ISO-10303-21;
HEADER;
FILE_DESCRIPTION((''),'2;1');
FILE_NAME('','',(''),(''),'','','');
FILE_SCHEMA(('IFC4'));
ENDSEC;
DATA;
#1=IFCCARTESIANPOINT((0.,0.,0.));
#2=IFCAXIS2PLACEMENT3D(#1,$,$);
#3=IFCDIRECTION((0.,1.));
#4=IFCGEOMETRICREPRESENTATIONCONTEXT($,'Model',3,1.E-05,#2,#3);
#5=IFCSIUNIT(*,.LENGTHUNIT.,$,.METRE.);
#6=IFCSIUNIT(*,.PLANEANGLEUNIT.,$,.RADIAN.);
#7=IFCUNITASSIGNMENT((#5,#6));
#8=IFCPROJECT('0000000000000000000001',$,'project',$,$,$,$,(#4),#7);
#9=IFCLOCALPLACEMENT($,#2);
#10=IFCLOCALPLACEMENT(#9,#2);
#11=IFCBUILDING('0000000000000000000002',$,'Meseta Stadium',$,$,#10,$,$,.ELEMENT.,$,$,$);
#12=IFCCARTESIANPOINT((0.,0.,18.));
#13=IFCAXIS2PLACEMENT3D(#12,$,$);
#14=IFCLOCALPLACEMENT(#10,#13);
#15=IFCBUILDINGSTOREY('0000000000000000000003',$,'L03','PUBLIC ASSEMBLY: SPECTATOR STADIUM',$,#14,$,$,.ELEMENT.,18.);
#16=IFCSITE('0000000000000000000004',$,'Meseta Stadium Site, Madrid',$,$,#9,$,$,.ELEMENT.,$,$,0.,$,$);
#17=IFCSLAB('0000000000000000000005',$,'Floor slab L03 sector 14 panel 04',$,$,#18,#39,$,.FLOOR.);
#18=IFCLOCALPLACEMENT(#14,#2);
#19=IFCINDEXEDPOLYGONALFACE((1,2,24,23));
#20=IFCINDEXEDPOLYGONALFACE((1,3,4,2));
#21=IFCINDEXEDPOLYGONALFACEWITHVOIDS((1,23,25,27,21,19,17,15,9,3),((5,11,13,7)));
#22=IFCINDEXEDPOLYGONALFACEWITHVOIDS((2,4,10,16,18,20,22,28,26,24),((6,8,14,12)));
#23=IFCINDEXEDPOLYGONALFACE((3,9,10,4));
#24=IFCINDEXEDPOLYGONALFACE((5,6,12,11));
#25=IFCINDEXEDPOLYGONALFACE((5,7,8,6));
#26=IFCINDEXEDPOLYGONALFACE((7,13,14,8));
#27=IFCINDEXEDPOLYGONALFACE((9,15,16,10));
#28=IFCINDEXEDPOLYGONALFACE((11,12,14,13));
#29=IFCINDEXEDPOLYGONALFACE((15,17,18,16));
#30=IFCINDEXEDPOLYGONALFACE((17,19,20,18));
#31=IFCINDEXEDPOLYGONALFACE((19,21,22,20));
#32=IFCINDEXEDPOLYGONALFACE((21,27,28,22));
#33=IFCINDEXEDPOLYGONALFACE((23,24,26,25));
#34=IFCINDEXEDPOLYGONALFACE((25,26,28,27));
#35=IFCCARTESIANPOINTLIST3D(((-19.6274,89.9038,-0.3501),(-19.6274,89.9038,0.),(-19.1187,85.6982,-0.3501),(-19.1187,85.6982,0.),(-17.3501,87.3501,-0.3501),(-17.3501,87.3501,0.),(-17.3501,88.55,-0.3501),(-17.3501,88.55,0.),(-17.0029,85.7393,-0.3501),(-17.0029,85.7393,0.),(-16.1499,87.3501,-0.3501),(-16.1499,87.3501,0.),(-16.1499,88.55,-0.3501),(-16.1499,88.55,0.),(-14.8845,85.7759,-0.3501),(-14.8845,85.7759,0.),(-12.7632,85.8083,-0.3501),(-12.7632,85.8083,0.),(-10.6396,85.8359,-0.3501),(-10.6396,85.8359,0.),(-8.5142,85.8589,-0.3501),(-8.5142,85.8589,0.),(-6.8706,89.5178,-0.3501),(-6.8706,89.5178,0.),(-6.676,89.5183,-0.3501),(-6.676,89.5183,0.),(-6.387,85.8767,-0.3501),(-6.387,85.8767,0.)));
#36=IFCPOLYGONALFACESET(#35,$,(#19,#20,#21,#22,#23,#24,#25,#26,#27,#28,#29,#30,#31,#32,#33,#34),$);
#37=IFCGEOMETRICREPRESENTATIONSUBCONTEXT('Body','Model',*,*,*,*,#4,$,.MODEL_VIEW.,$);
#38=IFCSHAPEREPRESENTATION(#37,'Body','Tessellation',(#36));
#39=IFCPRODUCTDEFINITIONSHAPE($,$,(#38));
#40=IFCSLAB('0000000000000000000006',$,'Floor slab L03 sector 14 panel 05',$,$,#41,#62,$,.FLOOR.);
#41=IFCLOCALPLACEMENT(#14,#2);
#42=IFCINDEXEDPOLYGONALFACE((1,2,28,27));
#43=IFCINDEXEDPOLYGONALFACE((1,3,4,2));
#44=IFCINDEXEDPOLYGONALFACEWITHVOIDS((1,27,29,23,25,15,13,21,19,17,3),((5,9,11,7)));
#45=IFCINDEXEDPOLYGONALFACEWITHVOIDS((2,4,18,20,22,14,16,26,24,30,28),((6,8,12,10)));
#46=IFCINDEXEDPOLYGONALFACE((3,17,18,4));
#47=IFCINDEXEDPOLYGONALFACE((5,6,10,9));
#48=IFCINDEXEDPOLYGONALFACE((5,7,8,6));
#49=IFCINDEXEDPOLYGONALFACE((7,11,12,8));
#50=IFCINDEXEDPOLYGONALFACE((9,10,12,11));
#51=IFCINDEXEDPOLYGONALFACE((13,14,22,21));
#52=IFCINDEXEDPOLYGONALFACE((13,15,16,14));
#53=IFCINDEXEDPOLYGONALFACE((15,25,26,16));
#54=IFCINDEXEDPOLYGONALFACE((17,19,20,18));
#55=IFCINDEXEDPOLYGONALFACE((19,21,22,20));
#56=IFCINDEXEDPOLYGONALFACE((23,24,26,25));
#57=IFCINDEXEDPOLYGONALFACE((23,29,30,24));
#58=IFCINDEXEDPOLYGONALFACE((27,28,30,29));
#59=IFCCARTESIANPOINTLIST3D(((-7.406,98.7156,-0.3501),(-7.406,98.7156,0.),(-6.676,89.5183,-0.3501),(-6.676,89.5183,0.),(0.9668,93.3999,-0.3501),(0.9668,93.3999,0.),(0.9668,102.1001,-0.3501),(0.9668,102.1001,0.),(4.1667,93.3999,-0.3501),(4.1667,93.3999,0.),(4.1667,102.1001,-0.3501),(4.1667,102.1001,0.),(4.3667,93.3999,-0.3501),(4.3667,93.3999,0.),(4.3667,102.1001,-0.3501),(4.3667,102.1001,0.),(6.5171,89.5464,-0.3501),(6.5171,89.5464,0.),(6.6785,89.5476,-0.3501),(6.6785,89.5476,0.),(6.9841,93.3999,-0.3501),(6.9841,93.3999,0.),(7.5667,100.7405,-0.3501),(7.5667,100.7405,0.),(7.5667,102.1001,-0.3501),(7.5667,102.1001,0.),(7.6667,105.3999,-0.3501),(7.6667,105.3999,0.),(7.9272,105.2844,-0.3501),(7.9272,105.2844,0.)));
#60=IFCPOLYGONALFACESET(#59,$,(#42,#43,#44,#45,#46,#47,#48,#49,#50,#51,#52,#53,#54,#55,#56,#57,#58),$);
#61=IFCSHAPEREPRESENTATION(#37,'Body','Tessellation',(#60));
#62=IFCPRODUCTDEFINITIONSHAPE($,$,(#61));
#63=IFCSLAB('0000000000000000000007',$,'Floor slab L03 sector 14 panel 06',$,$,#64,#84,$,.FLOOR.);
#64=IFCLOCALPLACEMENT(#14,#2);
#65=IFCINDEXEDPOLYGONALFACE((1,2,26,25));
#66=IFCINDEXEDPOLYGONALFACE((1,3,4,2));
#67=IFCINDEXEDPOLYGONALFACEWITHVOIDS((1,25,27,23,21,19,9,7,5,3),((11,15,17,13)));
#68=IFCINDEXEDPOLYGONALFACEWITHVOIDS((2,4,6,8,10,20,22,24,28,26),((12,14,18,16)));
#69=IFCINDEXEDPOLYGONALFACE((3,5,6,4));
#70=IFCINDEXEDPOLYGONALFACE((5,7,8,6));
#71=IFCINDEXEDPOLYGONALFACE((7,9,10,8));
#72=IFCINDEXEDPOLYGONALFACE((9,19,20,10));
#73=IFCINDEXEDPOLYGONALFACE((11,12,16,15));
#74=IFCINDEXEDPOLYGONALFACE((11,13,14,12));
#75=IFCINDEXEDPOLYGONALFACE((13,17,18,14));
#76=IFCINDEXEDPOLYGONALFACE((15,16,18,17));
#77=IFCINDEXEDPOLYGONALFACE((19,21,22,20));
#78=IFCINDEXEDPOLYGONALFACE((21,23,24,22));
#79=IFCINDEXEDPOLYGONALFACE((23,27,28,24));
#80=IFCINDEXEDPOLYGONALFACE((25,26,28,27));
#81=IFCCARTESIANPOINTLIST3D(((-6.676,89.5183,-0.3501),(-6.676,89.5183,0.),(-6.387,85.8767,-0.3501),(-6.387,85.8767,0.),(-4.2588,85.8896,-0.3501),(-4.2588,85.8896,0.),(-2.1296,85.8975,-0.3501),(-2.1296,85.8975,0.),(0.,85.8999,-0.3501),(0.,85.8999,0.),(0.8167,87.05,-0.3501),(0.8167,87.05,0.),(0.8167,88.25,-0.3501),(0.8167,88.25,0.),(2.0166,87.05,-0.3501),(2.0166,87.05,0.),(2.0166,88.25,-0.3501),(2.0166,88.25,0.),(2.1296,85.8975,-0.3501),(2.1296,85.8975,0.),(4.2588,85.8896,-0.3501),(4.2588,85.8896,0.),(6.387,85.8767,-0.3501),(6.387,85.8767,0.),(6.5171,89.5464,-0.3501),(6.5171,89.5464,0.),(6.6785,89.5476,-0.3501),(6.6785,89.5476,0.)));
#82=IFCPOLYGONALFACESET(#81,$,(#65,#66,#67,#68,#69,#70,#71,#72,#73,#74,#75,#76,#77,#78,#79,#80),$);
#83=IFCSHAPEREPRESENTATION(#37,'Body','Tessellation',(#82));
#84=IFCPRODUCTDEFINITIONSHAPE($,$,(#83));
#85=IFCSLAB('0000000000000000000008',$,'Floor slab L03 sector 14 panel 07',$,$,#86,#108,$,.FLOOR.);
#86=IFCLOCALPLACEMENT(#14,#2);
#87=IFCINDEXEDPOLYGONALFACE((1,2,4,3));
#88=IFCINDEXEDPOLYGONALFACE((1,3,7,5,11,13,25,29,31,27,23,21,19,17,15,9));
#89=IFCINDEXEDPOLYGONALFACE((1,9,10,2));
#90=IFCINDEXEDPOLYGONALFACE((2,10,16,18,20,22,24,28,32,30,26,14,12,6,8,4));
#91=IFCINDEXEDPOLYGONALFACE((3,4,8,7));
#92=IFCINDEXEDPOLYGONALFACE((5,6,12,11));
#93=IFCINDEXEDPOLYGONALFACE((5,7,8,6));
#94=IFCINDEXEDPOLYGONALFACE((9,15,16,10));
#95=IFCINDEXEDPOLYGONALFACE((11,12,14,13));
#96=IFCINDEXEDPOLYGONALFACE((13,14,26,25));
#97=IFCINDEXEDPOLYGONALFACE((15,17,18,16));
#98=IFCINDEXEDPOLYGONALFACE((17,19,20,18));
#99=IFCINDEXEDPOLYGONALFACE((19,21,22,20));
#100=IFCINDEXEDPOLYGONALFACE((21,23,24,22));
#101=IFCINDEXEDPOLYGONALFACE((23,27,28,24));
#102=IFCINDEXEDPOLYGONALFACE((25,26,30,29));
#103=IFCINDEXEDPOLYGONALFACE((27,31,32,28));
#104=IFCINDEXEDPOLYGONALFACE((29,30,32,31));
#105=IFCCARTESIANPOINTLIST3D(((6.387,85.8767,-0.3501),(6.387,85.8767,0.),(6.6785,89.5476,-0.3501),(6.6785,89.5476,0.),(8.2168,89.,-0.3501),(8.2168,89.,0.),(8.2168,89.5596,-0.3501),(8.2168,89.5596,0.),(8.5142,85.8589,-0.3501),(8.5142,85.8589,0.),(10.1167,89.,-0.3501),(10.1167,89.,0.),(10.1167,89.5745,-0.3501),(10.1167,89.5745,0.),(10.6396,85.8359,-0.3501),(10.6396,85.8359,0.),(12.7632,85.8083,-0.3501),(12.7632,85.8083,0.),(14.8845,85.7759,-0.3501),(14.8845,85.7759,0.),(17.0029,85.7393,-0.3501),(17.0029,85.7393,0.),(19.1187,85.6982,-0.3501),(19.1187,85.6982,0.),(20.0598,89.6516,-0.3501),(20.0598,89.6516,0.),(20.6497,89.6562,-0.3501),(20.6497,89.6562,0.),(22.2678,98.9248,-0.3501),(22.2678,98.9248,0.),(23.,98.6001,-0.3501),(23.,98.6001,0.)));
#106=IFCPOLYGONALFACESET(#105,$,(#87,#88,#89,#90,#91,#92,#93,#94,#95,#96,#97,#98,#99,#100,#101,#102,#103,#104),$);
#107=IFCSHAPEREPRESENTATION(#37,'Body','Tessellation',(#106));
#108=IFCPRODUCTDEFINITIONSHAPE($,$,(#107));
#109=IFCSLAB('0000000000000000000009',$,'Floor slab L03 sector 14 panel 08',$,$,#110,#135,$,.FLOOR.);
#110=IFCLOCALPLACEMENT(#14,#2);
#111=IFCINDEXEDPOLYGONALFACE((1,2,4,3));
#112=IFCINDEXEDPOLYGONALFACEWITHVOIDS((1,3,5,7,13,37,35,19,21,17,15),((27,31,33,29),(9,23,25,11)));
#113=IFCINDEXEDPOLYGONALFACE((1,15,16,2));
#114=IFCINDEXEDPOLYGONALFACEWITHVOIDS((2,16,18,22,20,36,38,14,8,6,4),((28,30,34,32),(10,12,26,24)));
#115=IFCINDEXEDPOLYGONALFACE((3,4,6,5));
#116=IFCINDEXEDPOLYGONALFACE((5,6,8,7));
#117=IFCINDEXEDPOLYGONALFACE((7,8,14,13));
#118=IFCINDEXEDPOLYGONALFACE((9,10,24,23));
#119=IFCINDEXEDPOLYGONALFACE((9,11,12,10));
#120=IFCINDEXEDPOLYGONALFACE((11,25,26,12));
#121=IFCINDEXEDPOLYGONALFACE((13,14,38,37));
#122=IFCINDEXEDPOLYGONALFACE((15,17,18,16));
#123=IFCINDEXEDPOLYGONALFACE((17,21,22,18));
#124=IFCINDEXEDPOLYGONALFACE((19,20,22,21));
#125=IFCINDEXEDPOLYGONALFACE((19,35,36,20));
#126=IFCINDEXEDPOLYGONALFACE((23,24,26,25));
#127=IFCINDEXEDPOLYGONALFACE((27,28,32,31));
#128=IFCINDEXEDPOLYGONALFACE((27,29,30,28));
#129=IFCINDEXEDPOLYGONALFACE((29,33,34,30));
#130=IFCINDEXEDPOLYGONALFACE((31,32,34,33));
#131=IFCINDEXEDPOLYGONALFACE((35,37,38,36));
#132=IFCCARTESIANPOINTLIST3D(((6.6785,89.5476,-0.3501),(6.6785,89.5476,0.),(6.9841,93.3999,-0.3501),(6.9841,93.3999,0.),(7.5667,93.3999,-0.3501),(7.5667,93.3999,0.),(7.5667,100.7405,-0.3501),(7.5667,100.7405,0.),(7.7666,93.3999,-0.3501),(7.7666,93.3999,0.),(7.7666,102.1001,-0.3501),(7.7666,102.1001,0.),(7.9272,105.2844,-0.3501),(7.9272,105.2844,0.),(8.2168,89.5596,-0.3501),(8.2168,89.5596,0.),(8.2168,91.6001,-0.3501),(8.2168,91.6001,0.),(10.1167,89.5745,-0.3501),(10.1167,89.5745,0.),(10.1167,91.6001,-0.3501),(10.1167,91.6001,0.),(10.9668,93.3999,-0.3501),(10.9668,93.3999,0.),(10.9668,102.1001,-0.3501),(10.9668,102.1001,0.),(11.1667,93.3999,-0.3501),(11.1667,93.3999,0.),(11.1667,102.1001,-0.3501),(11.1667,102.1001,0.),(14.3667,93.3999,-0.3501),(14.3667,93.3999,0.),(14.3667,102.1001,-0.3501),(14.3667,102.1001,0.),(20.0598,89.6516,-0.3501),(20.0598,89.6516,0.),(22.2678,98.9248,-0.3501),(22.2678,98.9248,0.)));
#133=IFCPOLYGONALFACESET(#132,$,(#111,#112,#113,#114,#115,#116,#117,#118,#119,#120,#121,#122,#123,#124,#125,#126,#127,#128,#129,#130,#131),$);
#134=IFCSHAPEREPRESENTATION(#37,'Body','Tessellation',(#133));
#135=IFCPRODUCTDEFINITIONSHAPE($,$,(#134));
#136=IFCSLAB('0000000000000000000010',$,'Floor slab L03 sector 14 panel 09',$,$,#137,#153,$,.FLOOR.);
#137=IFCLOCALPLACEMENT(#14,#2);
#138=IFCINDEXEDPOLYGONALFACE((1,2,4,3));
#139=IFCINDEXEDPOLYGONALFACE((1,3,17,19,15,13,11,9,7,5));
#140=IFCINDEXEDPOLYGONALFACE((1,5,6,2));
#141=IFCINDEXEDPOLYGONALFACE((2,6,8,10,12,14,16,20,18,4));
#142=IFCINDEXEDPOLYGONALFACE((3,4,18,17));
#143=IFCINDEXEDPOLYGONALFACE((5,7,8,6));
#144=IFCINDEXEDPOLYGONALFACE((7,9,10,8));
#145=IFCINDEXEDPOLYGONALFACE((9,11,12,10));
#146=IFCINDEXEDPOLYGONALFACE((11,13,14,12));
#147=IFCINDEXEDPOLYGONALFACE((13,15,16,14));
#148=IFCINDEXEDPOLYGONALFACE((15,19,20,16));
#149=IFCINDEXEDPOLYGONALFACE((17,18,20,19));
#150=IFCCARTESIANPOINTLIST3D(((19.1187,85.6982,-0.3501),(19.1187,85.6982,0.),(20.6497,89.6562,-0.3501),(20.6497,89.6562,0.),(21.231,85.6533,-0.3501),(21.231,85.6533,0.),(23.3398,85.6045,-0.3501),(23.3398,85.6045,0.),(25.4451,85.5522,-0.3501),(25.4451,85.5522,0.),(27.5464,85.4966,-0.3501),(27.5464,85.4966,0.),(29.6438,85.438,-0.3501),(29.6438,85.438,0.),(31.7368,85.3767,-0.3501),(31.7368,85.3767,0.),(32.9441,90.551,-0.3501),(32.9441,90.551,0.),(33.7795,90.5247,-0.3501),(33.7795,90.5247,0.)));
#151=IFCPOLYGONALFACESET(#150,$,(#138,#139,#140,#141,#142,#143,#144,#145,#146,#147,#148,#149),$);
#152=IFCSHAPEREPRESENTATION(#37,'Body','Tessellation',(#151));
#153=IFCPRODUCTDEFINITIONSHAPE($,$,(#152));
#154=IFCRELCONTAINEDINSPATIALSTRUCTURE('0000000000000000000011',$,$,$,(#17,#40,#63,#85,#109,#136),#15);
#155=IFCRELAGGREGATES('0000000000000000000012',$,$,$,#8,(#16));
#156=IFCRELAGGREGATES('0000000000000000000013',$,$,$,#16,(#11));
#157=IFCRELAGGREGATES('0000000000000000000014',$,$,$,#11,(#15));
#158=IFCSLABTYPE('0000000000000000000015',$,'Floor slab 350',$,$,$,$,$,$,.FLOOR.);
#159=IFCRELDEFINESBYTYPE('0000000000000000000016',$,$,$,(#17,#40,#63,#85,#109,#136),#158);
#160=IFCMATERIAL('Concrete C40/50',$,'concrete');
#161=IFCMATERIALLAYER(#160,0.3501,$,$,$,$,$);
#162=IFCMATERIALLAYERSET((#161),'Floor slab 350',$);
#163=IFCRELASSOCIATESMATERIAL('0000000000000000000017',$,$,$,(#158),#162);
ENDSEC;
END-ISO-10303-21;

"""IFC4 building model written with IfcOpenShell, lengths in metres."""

from ifc_helpers import new_model, si_unit, direction, frame, origin, place, context, subcontext, project, spatial, polyline, outline, extrude, material, layer, layer_set, type_object, element, save


model = new_model("IFC4")

# Units and contexts
model_context = context("Model", 3, precision=1e-05, world=origin(), true_north=direction((0.0, 1.0)))
body_context = subcontext(model_context, "Body", "Model", "MODEL_VIEW")
ifc_project = project(units=[si_unit("LENGTHUNIT", "METRE"), si_unit("PLANEANGLEUNIT", "RADIAN")], contexts=[model_context])

# Site, building, storey
site_placement = place(None, origin())
site = spatial("IfcSite", under=ifc_project, at=site_placement, Name="Meseta Stadium Site, Madrid", CompositionType="ELEMENT", RefElevation=0.0)
building_placement = place(site_placement, origin())
building = spatial("IfcBuilding", under=site, at=building_placement, Name="Meseta Stadium", CompositionType="ELEMENT")
storey_placement = place(building_placement, frame((0.0, 0.0, 18.0)))
storey = spatial("IfcBuildingStorey", under=building, at=storey_placement, Name="L03", Description="PUBLIC ASSEMBLY: SPECTATOR STADIUM", CompositionType="ELEMENT", Elevation=18.0)

# Slabs
ifc_material = material(Name="Concrete C40/50", Category="concrete")
ifc_layer = layer(ifc_material, 0.3501)
ifc_layer_set = layer_set([ifc_layer], Name="Floor slab 350")
slab_type = type_object("IfcSlabType", Name="Floor slab 350", PredefinedType="FLOOR", material=ifc_layer_set)
slab_1_placement = place(storey_placement, frame((0.0, 0.0, -0.3501)))
element("IfcSlab", 1, at=slab_1_placement, inside=storey, type_object=slab_type, Name="Floor slab L03 sector 14 panel 04", PredefinedType="FLOOR", context=body_context, shape_type="SweptSolid", body=[
    extrude(outline(polyline([(-6.387, 85.8767), (-6.676, 89.5183), (-6.8706, 89.5178), (-19.6274, 89.9038), (-19.1187, 85.6982), (-17.0029, 85.7393), (-14.8845, 85.7759), (-12.7632, 85.8083), (-10.6396, 85.8359), (-8.5142, 85.8589), (-6.387, 85.8767)]), holes=[polyline([(-17.3501, 88.55), (-16.1499, 88.55), (-16.1499, 87.3501), (-17.3501, 87.3501), (-17.3501, 88.55)])]), origin(), (0.0, 0.0, 1.0), 0.3501),
])
slab_2_placement = place(storey_placement, frame((0.0, 0.0, -0.3501)))
element("IfcSlab", 2, at=slab_2_placement, inside=storey, type_object=slab_type, Name="Floor slab L03 sector 14 panel 05", PredefinedType="FLOOR", context=body_context, shape_type="SweptSolid", body=[
    extrude(outline(polyline([(7.9272, 105.2844), (7.6667, 105.3999), (-7.406, 98.7156), (-6.676, 89.5183), (6.5171, 89.5464), (6.6785, 89.5476), (6.9841, 93.3999), (4.3667, 93.3999), (4.3667, 102.1001), (7.5667, 102.1001), (7.5667, 100.7405), (7.9272, 105.2844)]), holes=[polyline([(4.1667, 93.3999), (0.9668, 93.3999), (0.9668, 102.1001), (4.1667, 102.1001), (4.1667, 93.3999)])]), origin(), (0.0, 0.0, 1.0), 0.3501),
])
slab_3_placement = place(storey_placement, frame((0.0, 0.0, -0.3501)))
element("IfcSlab", 3, at=slab_3_placement, inside=storey, type_object=slab_type, Name="Floor slab L03 sector 14 panel 06", PredefinedType="FLOOR", context=body_context, shape_type="SweptSolid", body=[
    extrude(outline(polyline([(-2.1296, 85.8975), (0.0, 85.8999), (2.1296, 85.8975), (4.2588, 85.8896), (6.387, 85.8767), (6.6785, 89.5476), (6.5171, 89.5464), (-6.676, 89.5183), (-6.387, 85.8767), (-4.2588, 85.8896), (-2.1296, 85.8975)]), holes=[polyline([(0.8167, 87.05), (0.8167, 88.25), (2.0166, 88.25), (2.0166, 87.05), (0.8167, 87.05)])]), origin(), (0.0, 0.0, 1.0), 0.3501),
])
slab_4_placement = place(storey_placement, frame((0.0, 0.0, -0.3501)))
element("IfcSlab", 4, at=slab_4_placement, inside=storey, type_object=slab_type, Name="Floor slab L03 sector 14 panel 07", PredefinedType="FLOOR", context=body_context, shape_type="SweptSolid", body=[
    extrude(outline(polyline([(6.387, 85.8767), (8.5142, 85.8589), (10.6396, 85.8359), (12.7632, 85.8083), (14.8845, 85.7759), (17.0029, 85.7393), (19.1187, 85.6982), (20.6497, 89.6562), (23.0, 98.6001), (22.2678, 98.9248), (20.0598, 89.6516), (10.1167, 89.5745), (10.1167, 89.0), (8.2168, 89.0), (8.2168, 89.5596), (6.6785, 89.5476), (6.387, 85.8767)])), origin(), (0.0, 0.0, 1.0), 0.3501),
])
slab_5_placement = place(storey_placement, frame((0.0, 0.0, -0.3501)))
element("IfcSlab", 5, at=slab_5_placement, inside=storey, type_object=slab_type, Name="Floor slab L03 sector 14 panel 08", PredefinedType="FLOOR", context=body_context, shape_type="SweptSolid", body=[
    extrude(outline(polyline([(20.0598, 89.6516), (22.2678, 98.9248), (7.9272, 105.2844), (7.5667, 100.7405), (7.5667, 93.3999), (6.9841, 93.3999), (6.6785, 89.5476), (8.2168, 89.5596), (8.2168, 91.6001), (10.1167, 91.6001), (10.1167, 89.5745), (20.0598, 89.6516)]), holes=[polyline([(10.9668, 93.3999), (7.7666, 93.3999), (7.7666, 102.1001), (10.9668, 102.1001), (10.9668, 93.3999)]), polyline([(14.3667, 93.3999), (11.1667, 93.3999), (11.1667, 102.1001), (14.3667, 102.1001), (14.3667, 93.3999)])]), origin(), (0.0, 0.0, 1.0), 0.3501),
])
slab_6_placement = place(storey_placement, frame((0.0, 0.0, -0.3501)))
element("IfcSlab", 6, at=slab_6_placement, inside=storey, type_object=slab_type, Name="Floor slab L03 sector 14 panel 09", PredefinedType="FLOOR", context=body_context, shape_type="SweptSolid", body=[
    extrude(outline(polyline([(23.3398, 85.6045), (25.4451, 85.5522), (27.5464, 85.4966), (29.6438, 85.438), (31.7368, 85.3767), (33.7795, 90.5247), (32.9441, 90.551), (20.6497, 89.6562), (19.1187, 85.6982), (21.231, 85.6533), (23.3398, 85.6045)])), origin(), (0.0, 0.0, 1.0), 0.3501),
])

save(model, "model.ifc")
